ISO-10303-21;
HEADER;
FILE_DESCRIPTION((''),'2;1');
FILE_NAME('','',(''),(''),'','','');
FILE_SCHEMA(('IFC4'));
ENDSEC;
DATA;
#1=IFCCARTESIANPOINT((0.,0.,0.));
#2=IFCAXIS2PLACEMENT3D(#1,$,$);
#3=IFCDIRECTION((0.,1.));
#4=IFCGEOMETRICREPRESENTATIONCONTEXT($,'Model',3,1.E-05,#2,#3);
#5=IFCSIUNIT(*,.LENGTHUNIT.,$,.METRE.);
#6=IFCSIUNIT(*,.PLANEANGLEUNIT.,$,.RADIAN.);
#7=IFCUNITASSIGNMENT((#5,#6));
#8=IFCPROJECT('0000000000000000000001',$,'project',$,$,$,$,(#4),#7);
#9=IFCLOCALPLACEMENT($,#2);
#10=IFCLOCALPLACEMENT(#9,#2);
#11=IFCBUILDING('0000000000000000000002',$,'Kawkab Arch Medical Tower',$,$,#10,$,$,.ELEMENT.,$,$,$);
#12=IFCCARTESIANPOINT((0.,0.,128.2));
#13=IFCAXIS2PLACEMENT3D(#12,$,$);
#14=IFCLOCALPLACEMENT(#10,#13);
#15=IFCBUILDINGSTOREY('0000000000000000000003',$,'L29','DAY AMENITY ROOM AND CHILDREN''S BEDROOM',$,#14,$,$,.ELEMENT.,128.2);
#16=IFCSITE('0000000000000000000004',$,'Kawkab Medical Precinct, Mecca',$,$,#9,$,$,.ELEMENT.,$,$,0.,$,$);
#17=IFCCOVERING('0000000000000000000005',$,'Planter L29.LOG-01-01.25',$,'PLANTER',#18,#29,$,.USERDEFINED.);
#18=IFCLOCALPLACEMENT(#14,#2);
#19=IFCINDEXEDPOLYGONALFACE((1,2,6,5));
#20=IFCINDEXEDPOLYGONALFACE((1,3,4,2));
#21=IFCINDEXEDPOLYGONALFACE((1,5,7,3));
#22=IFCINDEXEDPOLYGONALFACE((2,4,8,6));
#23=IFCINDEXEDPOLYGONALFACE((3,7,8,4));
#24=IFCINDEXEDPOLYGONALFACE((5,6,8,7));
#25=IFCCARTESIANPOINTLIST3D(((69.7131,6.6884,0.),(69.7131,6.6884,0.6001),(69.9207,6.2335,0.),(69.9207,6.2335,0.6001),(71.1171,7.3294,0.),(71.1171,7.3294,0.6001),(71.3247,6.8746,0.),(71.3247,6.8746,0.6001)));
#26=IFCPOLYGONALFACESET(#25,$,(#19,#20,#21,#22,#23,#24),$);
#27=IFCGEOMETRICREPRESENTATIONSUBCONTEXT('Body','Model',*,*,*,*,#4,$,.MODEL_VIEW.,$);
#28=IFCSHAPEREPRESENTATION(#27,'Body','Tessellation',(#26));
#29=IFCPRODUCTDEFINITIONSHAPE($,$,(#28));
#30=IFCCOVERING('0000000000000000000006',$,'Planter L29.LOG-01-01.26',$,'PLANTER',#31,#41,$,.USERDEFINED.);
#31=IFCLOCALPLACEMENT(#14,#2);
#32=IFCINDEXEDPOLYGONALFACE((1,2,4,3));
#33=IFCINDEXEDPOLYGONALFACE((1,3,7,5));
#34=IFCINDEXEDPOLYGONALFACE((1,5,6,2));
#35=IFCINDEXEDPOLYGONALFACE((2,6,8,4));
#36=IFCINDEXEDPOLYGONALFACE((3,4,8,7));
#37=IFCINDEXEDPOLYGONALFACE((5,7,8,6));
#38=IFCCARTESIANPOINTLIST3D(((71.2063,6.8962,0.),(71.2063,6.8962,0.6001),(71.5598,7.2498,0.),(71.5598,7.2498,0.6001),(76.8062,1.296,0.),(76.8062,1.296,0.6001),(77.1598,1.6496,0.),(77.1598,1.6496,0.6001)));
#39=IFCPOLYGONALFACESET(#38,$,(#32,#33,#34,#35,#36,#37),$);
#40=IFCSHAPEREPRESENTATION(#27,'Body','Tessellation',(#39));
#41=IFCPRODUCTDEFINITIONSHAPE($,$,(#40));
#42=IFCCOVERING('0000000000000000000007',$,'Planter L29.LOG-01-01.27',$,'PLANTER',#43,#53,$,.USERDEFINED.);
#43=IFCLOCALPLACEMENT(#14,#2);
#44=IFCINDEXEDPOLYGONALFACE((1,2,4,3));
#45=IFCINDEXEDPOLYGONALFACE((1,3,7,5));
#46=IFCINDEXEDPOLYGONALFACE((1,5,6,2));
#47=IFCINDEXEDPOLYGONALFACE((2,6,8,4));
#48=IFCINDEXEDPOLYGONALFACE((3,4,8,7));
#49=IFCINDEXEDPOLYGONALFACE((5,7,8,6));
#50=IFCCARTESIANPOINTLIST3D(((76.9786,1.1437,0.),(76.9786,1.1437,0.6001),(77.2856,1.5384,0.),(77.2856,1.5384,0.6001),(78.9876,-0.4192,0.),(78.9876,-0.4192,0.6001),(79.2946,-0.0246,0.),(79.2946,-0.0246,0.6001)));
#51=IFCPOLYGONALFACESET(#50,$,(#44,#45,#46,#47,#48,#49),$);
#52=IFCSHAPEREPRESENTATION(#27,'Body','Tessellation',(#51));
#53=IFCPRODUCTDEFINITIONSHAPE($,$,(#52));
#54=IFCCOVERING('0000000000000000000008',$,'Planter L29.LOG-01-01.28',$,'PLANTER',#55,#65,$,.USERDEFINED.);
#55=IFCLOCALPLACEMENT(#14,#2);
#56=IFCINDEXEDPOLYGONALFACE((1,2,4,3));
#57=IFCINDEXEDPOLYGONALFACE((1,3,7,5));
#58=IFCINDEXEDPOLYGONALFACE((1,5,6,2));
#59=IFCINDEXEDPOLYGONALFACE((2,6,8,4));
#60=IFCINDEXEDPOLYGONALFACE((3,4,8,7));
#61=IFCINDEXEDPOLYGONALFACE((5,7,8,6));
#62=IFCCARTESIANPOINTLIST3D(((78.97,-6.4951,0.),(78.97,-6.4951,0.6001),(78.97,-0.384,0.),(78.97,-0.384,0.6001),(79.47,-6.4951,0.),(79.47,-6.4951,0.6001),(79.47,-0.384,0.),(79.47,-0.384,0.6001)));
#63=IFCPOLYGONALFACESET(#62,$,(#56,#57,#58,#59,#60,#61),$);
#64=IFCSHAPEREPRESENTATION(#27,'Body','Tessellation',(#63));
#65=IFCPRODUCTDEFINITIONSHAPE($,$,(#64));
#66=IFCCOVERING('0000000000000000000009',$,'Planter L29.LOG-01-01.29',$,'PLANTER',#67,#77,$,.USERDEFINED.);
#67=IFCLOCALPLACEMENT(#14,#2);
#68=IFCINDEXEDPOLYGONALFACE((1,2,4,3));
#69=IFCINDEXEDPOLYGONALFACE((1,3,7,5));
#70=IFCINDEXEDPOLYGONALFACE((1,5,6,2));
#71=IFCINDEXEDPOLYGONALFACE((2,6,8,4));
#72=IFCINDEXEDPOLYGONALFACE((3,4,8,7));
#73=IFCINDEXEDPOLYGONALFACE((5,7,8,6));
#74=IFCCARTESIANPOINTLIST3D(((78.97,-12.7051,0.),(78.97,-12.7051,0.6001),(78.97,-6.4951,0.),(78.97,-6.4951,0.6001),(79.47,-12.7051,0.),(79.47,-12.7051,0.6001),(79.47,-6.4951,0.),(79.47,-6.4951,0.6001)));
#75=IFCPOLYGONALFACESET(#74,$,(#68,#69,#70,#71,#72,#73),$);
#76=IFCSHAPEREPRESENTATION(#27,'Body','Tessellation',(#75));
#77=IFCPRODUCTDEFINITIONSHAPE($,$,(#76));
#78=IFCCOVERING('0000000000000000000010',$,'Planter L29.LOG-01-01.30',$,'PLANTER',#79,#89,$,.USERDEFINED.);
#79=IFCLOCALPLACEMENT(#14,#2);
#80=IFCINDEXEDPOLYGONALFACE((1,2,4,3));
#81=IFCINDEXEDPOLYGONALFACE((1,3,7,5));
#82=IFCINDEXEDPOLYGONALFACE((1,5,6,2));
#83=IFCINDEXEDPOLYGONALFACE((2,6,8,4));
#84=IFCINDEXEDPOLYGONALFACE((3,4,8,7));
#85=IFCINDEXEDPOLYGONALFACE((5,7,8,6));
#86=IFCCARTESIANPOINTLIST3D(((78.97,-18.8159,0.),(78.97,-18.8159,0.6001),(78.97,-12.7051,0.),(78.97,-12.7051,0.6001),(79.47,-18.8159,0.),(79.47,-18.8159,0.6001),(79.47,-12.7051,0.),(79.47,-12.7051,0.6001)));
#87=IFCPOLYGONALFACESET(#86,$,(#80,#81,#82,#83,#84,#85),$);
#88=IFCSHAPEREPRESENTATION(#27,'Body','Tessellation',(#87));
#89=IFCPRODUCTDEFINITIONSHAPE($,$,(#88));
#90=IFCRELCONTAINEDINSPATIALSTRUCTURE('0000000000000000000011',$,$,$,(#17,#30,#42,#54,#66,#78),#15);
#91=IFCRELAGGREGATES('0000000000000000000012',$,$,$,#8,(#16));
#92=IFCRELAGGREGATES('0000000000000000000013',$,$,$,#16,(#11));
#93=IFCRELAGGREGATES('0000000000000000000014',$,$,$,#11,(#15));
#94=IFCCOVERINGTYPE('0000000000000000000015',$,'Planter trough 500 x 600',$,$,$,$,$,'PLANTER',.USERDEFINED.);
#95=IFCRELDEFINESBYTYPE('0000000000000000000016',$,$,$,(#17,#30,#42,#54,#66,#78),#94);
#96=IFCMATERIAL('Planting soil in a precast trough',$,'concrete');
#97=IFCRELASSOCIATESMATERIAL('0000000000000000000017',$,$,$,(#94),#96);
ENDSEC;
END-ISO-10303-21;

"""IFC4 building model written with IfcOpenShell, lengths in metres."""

from ifc_helpers import new_model, si_unit, direction, frame, origin, origin_2d, place, context, subcontext, project, spatial, rectangle, extrude, material, material_profile, profile_set, type_object, element, save


model = new_model("IFC4")

# Units and contexts
model_context = context("Model", 3, precision=1e-05, world=origin(), true_north=direction((0.0, 1.0)))
body_context = subcontext(model_context, "Body", "Model", "MODEL_VIEW")
ifc_project = project(units=[si_unit("LENGTHUNIT", "METRE"), si_unit("PLANEANGLEUNIT", "RADIAN")], contexts=[model_context])

# Site, building, storey
site_placement = place(None, origin())
site = spatial("IfcSite", under=ifc_project, at=site_placement, Name="Kawkab Medical Precinct, Mecca", CompositionType="ELEMENT", RefElevation=0.0)
building_placement = place(site_placement, origin())
building = spatial("IfcBuilding", under=site, at=building_placement, Name="Kawkab Arch Medical Tower", CompositionType="ELEMENT")
storey_placement = place(building_placement, frame((0.0, 0.0, 128.2)))
storey = spatial("IfcBuildingStorey", under=building, at=storey_placement, Name="L29", Description="DAY AMENITY ROOM AND CHILDREN'S BEDROOM", CompositionType="ELEMENT", Elevation=128.2)

# Coverings
ifc_material_1 = material(Name="Planting soil in a precast trough", Category="concrete")
ifc_material_profile_1 = material_profile(ifc_material_1, rectangle(XDim=0.5, YDim=0.6001, at=origin_2d()), Name="Trough 500x600")
ifc_profile_set_1 = profile_set([ifc_material_profile_1], Name="Planting soil in a precast trough")
covering_type_1 = type_object("IfcCoveringType", Name="Planter trough 500 x 600", ElementType="PLANTER", PredefinedType="USERDEFINED", material=ifc_profile_set_1)
covering_1_placement = place(storey_placement, frame((69.8169, 6.4609, 0.3), z_axis=(0.909656, 0.415363, 0.0), x_axis=(-0.415363, 0.909656, 0.0)))
element("IfcCovering", 1, at=covering_1_placement, inside=storey, type_object=covering_type_1, Name="Planter L29.LOG-01-01.25", ObjectType="PLANTER", PredefinedType="USERDEFINED", context=body_context, shape_type="SweptSolid", body=[
    extrude(rectangle(XDim=0.5, YDim=0.6001, at=origin_2d()), origin(), (0.0, 0.0, 1.0), 1.5435),
])
covering_2_placement = place(storey_placement, frame((71.3831, 7.073, 0.3), z_axis=(0.707091, -0.707122, 0.0), x_axis=(0.707122, 0.707091, 0.0)))
element("IfcCovering", 2, at=covering_2_placement, inside=storey, type_object=covering_type_1, Name="Planter L29.LOG-01-01.26", ObjectType="PLANTER", PredefinedType="USERDEFINED", context=body_context, shape_type="SweptSolid", body=[
    extrude(rectangle(XDim=0.5, YDim=0.6001, at=origin_2d()), origin(), (0.0, 0.0, 1.0), 7.9197),
])
covering_3_placement = place(storey_placement, frame((77.1321, 1.3411, 0.3), z_axis=(0.789275, -0.61404, 0.0), x_axis=(0.61404, 0.789275, 0.0)))
element("IfcCovering", 3, at=covering_3_placement, inside=storey, type_object=covering_type_1, Name="Planter L29.LOG-01-01.27", ObjectType="PLANTER", PredefinedType="USERDEFINED", context=body_context, shape_type="SweptSolid", body=[
    extrude(rectangle(XDim=0.5, YDim=0.6001, at=origin_2d()), origin(), (0.0, 0.0, 1.0), 2.5454),
])
covering_4_placement = place(storey_placement, frame((79.22, -0.384, 0.3), z_axis=(0.0, -1.0, 0.0), x_axis=(1.0, 0.0, 0.0)))
element("IfcCovering", 4, at=covering_4_placement, inside=storey, type_object=covering_type_1, Name="Planter L29.LOG-01-01.28", ObjectType="PLANTER", PredefinedType="USERDEFINED", context=body_context, shape_type="SweptSolid", body=[
    extrude(rectangle(XDim=0.5, YDim=0.6001, at=origin_2d()), origin(), (0.0, 0.0, 1.0), 6.1111),
])
covering_5_placement = place(storey_placement, frame((79.22, -6.4951, 0.3), z_axis=(0.0, -1.0, 0.0), x_axis=(1.0, 0.0, 0.0)))
element("IfcCovering", 5, at=covering_5_placement, inside=storey, type_object=covering_type_1, Name="Planter L29.LOG-01-01.29", ObjectType="PLANTER", PredefinedType="USERDEFINED", context=body_context, shape_type="SweptSolid", body=[
    extrude(rectangle(XDim=0.5, YDim=0.6001, at=origin_2d()), origin(), (0.0, 0.0, 1.0), 6.21),
])
covering_6_placement = place(storey_placement, frame((79.22, -12.7051, 0.3), z_axis=(0.0, -1.0, 0.0), x_axis=(1.0, 0.0, 0.0)))
element("IfcCovering", 6, at=covering_6_placement, inside=storey, type_object=covering_type_1, Name="Planter L29.LOG-01-01.30", ObjectType="PLANTER", PredefinedType="USERDEFINED", context=body_context, shape_type="SweptSolid", body=[
    extrude(rectangle(XDim=0.5, YDim=0.6001, at=origin_2d()), origin(), (0.0, 0.0, 1.0), 6.1108),
])

save(model, "model.ifc")
